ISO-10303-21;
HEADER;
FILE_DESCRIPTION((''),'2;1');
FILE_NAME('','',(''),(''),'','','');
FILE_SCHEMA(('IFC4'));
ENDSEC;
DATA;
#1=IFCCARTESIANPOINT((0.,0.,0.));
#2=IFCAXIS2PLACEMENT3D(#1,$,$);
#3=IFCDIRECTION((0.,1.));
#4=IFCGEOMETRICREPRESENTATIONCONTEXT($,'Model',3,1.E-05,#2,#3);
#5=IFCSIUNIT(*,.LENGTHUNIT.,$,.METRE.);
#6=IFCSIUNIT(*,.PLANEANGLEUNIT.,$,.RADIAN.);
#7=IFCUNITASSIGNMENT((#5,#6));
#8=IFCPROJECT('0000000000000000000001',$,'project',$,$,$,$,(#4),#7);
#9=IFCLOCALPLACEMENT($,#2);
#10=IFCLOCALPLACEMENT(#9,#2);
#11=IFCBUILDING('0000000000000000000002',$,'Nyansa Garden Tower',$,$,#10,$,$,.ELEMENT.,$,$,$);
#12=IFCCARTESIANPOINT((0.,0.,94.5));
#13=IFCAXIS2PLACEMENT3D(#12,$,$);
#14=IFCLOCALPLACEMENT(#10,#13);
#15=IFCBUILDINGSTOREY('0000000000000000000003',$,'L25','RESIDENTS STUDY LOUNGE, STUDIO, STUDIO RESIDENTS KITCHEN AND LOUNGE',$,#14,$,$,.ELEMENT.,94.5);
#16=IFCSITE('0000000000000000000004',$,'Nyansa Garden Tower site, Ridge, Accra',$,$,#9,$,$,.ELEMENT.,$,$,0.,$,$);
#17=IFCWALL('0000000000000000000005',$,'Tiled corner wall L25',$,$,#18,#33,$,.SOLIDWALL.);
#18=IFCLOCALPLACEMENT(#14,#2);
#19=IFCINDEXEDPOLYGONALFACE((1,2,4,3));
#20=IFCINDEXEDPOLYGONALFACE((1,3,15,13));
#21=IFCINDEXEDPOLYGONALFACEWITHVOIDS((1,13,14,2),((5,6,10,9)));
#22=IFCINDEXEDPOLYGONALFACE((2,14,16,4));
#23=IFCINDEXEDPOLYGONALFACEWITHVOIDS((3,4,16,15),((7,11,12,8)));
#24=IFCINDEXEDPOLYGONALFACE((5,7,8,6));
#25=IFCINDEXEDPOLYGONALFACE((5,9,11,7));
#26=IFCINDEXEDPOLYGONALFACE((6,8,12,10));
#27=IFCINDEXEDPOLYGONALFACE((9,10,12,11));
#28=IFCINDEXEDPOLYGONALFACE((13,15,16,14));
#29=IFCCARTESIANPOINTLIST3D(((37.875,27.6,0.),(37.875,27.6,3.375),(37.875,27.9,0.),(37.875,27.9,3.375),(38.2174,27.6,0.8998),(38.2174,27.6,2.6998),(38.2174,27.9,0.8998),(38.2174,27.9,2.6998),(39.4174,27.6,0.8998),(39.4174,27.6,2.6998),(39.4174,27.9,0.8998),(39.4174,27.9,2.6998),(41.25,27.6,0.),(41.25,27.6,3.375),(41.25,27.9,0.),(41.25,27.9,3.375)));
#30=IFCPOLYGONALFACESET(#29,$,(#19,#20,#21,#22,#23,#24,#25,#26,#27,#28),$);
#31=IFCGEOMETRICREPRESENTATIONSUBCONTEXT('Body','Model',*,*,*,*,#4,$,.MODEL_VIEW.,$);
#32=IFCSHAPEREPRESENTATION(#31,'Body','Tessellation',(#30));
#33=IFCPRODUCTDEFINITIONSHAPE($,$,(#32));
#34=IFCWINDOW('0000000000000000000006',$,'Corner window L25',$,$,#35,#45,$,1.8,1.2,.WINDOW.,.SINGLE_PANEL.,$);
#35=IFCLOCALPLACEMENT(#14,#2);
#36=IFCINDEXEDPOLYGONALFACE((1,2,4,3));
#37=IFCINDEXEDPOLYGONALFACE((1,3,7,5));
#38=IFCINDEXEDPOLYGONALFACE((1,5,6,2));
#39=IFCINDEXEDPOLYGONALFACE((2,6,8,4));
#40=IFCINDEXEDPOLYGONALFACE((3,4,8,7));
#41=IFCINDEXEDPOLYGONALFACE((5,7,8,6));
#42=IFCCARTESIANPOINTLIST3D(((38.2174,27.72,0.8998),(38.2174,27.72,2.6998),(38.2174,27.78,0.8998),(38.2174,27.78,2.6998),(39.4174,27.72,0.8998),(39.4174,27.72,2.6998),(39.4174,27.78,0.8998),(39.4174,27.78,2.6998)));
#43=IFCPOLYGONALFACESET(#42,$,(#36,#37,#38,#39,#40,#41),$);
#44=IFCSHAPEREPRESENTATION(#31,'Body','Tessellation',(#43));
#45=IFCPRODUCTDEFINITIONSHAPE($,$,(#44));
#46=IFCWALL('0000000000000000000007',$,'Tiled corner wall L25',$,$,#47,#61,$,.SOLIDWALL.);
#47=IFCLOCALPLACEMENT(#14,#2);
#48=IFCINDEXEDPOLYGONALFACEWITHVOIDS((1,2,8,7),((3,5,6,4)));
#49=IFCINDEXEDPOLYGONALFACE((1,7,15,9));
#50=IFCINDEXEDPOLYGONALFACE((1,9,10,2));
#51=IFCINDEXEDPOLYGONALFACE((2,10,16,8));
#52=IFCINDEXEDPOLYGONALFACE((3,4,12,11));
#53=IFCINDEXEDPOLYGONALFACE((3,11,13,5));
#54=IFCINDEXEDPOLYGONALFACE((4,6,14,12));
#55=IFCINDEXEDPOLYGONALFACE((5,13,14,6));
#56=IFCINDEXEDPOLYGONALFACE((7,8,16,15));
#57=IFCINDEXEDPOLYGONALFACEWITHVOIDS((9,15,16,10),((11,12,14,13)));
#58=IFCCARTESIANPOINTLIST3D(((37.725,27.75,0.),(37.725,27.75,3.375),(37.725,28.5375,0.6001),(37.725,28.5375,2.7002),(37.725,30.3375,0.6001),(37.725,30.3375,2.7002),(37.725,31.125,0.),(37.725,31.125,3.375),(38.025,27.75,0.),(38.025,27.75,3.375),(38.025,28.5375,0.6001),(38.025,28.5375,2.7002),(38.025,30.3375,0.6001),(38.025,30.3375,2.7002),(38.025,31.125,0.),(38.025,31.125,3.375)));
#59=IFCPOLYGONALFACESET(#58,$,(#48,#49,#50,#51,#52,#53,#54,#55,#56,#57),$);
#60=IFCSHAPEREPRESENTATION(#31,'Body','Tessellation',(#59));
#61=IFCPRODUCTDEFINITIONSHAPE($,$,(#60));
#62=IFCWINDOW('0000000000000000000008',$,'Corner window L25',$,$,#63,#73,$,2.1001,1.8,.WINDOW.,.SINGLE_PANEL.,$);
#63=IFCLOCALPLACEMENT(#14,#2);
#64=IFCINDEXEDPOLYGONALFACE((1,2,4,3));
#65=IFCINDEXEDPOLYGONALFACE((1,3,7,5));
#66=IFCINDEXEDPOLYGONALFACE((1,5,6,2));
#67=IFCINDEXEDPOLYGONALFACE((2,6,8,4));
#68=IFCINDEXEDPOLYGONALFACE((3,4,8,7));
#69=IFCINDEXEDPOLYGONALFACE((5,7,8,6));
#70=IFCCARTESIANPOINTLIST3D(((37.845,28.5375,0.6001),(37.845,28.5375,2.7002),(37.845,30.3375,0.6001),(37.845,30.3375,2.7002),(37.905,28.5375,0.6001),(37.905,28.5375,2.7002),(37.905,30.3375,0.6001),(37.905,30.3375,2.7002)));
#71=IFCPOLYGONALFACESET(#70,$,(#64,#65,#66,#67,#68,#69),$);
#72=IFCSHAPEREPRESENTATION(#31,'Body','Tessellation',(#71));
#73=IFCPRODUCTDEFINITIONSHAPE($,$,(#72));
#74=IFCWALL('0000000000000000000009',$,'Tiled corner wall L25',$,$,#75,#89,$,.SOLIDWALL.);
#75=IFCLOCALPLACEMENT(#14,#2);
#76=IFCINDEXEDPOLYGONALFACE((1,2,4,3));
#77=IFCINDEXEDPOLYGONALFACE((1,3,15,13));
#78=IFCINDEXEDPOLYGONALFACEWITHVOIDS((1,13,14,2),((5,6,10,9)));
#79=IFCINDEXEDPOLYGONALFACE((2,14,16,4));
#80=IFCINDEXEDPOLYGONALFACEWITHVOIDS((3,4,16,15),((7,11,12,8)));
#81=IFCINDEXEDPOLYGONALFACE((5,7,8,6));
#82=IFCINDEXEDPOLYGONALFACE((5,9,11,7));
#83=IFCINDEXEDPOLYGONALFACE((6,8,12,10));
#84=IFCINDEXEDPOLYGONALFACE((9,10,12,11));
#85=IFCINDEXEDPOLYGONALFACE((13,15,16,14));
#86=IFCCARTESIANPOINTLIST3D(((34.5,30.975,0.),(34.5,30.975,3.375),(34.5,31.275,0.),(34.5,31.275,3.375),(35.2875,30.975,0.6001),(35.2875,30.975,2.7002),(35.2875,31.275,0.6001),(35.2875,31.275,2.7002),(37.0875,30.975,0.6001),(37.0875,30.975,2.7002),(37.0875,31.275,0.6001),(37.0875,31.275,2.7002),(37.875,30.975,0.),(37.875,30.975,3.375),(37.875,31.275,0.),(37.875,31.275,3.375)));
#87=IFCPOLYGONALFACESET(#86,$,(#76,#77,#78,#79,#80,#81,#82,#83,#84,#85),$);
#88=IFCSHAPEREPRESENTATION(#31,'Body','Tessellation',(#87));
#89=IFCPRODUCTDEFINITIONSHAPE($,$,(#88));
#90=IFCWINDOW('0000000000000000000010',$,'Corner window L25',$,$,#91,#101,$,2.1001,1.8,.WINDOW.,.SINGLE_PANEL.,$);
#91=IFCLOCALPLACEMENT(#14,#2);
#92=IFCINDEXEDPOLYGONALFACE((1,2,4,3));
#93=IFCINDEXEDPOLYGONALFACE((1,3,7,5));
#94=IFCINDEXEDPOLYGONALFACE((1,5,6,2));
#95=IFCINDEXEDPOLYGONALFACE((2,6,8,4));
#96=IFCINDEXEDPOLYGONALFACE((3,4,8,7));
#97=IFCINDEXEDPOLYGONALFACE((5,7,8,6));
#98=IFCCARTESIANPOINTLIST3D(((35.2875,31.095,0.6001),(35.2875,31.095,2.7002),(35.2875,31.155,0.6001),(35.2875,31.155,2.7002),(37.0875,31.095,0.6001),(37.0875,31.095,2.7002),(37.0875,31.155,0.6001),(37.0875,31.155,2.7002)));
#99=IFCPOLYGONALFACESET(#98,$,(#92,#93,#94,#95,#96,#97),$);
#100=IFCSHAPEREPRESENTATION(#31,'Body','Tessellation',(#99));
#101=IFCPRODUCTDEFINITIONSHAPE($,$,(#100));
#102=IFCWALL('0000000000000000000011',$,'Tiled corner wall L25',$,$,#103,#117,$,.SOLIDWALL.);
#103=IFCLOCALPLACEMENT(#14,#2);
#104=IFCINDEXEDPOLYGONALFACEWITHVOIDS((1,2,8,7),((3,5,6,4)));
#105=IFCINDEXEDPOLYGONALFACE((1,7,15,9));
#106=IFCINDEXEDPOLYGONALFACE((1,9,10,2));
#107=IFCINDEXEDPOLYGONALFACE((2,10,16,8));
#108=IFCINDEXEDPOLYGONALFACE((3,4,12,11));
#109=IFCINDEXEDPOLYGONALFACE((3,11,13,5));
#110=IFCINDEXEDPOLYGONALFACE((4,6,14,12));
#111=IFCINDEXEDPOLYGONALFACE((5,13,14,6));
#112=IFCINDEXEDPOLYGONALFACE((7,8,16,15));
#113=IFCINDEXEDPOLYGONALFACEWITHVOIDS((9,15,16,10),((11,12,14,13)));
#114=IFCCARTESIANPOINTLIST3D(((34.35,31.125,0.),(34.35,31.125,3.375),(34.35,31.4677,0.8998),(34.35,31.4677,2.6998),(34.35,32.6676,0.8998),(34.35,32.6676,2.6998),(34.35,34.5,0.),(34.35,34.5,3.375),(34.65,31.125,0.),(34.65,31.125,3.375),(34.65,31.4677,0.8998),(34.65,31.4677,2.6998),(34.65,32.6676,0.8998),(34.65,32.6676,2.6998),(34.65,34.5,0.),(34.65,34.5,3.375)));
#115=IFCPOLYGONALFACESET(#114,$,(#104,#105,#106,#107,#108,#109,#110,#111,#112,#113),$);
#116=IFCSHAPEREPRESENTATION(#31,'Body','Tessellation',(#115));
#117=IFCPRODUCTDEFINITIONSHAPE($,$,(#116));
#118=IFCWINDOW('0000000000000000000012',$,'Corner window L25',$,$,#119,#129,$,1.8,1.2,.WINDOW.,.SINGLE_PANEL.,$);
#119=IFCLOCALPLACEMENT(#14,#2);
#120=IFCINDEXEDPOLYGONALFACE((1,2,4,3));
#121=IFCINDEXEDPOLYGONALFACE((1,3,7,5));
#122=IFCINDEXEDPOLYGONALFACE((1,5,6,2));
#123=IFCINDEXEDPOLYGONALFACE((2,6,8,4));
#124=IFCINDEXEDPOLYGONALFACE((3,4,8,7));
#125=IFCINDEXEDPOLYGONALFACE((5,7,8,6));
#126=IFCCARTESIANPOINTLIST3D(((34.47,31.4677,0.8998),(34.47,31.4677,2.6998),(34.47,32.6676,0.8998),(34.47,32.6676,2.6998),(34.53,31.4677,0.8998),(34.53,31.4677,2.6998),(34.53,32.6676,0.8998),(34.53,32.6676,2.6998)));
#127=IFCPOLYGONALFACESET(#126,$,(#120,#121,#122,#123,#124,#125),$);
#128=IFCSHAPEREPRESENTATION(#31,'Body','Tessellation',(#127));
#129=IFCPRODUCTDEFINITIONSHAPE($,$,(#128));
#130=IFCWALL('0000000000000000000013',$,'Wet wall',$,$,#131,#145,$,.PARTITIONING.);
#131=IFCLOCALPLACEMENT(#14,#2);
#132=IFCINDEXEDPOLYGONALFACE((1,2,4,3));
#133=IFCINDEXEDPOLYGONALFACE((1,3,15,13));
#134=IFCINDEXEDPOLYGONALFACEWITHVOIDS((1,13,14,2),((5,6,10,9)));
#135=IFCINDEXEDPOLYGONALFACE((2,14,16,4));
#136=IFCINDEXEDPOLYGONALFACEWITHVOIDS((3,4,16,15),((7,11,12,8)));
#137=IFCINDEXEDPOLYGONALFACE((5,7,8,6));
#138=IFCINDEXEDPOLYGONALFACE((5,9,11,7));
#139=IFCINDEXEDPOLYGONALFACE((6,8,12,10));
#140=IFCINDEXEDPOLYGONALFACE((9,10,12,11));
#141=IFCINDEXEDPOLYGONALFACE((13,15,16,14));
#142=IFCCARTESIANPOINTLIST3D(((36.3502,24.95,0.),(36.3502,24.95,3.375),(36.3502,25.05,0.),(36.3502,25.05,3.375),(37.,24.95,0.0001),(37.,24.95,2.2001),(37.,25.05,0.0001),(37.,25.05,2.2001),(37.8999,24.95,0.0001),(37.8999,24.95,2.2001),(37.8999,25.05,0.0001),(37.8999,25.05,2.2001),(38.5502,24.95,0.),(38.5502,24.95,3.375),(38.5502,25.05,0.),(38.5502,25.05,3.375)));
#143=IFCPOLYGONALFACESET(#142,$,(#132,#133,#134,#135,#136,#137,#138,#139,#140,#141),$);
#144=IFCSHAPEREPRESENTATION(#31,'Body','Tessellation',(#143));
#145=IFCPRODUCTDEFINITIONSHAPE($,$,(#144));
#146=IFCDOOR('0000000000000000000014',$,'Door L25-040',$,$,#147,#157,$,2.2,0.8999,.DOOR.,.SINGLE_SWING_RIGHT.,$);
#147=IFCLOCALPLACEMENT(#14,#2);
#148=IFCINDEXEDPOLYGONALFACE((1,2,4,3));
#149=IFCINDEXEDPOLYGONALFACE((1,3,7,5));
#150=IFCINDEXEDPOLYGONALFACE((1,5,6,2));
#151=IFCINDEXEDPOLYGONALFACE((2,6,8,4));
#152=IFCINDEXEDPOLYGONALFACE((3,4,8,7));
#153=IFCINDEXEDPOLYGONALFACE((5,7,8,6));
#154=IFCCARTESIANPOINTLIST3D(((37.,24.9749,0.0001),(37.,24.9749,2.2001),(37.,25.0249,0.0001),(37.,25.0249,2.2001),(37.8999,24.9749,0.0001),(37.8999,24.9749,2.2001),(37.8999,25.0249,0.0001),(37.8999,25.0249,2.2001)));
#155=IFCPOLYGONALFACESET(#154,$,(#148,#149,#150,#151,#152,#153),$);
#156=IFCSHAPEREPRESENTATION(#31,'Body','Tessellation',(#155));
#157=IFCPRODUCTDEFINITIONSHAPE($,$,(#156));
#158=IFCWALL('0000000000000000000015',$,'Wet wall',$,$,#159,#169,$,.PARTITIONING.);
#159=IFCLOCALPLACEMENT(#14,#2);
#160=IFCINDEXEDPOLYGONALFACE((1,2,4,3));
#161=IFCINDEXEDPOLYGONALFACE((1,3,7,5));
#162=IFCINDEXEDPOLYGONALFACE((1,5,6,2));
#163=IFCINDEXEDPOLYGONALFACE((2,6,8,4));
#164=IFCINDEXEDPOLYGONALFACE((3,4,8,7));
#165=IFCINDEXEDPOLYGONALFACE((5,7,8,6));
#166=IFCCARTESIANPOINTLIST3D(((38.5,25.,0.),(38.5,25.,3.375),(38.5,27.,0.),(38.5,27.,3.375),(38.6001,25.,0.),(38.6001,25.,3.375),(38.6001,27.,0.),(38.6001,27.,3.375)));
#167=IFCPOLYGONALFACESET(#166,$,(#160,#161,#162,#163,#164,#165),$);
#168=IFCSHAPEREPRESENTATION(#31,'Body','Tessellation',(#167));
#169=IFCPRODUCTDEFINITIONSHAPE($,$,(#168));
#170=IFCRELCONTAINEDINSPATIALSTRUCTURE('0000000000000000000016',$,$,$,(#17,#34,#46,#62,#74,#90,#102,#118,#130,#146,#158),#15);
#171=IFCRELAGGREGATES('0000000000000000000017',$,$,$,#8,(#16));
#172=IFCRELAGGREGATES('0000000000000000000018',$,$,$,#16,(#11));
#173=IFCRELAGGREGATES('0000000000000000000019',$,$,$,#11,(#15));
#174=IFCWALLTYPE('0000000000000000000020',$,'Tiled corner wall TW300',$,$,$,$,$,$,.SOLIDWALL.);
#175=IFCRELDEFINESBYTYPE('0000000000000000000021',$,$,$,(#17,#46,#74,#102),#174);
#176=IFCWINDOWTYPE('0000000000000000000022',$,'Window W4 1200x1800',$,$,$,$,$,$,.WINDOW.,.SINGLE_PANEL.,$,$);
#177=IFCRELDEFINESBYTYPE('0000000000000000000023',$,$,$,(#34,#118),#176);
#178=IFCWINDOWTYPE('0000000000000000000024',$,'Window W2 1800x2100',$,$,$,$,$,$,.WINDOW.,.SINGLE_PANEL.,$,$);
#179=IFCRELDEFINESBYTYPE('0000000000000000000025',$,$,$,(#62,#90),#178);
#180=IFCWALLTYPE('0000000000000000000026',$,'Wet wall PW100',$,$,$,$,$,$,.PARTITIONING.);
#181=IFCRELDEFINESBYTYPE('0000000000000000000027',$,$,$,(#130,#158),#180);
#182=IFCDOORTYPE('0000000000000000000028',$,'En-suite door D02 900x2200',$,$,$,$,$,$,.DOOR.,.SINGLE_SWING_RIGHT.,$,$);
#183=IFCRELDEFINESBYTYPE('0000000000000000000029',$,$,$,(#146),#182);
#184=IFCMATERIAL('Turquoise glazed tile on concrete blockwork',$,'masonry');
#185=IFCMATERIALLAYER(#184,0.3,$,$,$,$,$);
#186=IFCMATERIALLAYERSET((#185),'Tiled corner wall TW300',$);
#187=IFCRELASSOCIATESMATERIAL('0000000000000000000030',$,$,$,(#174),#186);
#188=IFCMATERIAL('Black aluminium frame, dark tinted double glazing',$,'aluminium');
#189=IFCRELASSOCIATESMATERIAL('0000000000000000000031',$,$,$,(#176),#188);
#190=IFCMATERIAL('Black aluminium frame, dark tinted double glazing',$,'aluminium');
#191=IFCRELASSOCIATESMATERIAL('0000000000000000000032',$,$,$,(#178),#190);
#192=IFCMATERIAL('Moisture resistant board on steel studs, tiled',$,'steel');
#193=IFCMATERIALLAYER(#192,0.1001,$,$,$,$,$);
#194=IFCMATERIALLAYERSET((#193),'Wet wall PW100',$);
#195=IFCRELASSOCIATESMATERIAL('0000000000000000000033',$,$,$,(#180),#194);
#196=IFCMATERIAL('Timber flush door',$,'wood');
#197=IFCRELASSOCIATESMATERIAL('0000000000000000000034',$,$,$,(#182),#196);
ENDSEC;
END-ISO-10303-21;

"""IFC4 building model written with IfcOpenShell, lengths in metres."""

from ifc_helpers import new_model, si_unit, direction, frame, frame_2d, origin, place, context, subcontext, project, spatial, rectangle, extrude, material, layer, layer_set, type_object, element, fill, save


model = new_model("IFC4")

# Units and contexts
model_context = context("Model", 3, precision=1e-05, world=origin(), true_north=direction((0.0, 1.0)))
body_context = subcontext(model_context, "Body", "Model", "MODEL_VIEW")
ifc_project = project(units=[si_unit("LENGTHUNIT", "METRE"), si_unit("PLANEANGLEUNIT", "RADIAN")], contexts=[model_context])

# Site, building, storey
site_placement = place(None, origin())
site = spatial("IfcSite", under=ifc_project, at=site_placement, Name="Nyansa Garden Tower site, Ridge, Accra", CompositionType="ELEMENT", RefElevation=0.0)
building_placement = place(site_placement, origin())
building = spatial("IfcBuilding", under=site, at=building_placement, Name="Nyansa Garden Tower", CompositionType="ELEMENT")
storey_placement = place(building_placement, frame((0.0, 0.0, 94.5)))
storey = spatial("IfcBuildingStorey", under=building, at=storey_placement, Name="L25", Description="RESIDENTS STUDY LOUNGE, STUDIO, STUDIO RESIDENTS KITCHEN AND LOUNGE", CompositionType="ELEMENT", Elevation=94.5)

# Walls, openings, windows
ifc_material_1 = material(Name="Turquoise glazed tile on concrete blockwork", Category="masonry")
ifc_layer_1 = layer(ifc_material_1, 0.3)
ifc_layer_set_1 = layer_set([ifc_layer_1], Name="Tiled corner wall TW300")
wall_type_1 = type_object("IfcWallType", Name="Tiled corner wall TW300", PredefinedType="SOLIDWALL", material=ifc_layer_set_1)
wall_1_placement = place(storey_placement, frame((41.25, 27.75, 0.0), z_axis=(0.0, 0.0, 1.0), x_axis=(-1.0, 0.0, 0.0)))
wall_1 = element("IfcWall", 1, at=wall_1_placement, inside=storey, type_object=wall_type_1, Name="Tiled corner wall L25", PredefinedType="SOLIDWALL", context=body_context, shape_type="SweptSolid", body=[
    extrude(rectangle(XDim=3.375, YDim=0.3, at=frame_2d((1.6875, 0.0))), origin(), (0.0, 0.0, 1.0), 3.375),
])
opening_1_placement = place(wall_1_placement, frame((1.8325, 0.0, 0.8999)))
opening_1 = element("IfcOpeningElement", 2, at=opening_1_placement, cuts=wall_1, PredefinedType="OPENING", context=body_context, shape_type="SweptSolid", body=[
    extrude(rectangle(XDim=1.2, YDim=1.8, at=frame_2d((0.6001, 0.8999))), frame((0.0, 0.1599, 0.0), z_axis=(0.0, -1.0, 0.0), x_axis=(1.0, 0.0, 0.0)), (0.0, 0.0, 1.0), 0.3201),
])
ifc_material_2 = material(Name="Black aluminium frame, dark tinted double glazing", Category="aluminium")
window_type_1 = type_object("IfcWindowType", Name="Window W4 1200x1800", PartitioningType="SINGLE_PANEL", PredefinedType="WINDOW", material=ifc_material_2)
window_1_placement = place(opening_1_placement, origin())
window_1 = element("IfcWindow", 3, at=window_1_placement, inside=storey, type_object=window_type_1, Name="Corner window L25", OverallHeight=1.8, OverallWidth=1.2, PartitioningType="SINGLE_PANEL", PredefinedType="WINDOW", context=body_context, shape_type="SweptSolid", body=[
    extrude(rectangle(XDim=1.2, YDim=1.8, at=frame_2d((0.6001, 0.8999))), frame((0.0, 0.03, 0.0), z_axis=(0.0, -1.0, 0.0), x_axis=(1.0, 0.0, 0.0)), (0.0, 0.0, 1.0), 0.0601),
])
fill(opening_1, window_1)
wall_2_placement = place(storey_placement, frame((37.875, 27.75, 0.0), z_axis=(0.0, 0.0, 1.0), x_axis=(0.0, 1.0, 0.0)))
wall_2 = element("IfcWall", 4, at=wall_2_placement, inside=storey, type_object=wall_type_1, Name="Tiled corner wall L25", PredefinedType="SOLIDWALL", context=body_context, shape_type="SweptSolid", body=[
    extrude(rectangle(XDim=3.375, YDim=0.3, at=frame_2d((1.6875, 0.0))), origin(), (0.0, 0.0, 1.0), 3.375),
])
opening_2_placement = place(wall_2_placement, frame((0.7876, 0.0, 0.6001)))
opening_2 = element("IfcOpeningElement", 5, at=opening_2_placement, cuts=wall_2, PredefinedType="OPENING", context=body_context, shape_type="SweptSolid", body=[
    extrude(rectangle(XDim=1.8, YDim=2.1001, at=frame_2d((0.8999, 1.05))), frame((0.0, 0.1599, 0.0), z_axis=(0.0, -1.0, 0.0), x_axis=(1.0, 0.0, 0.0)), (0.0, 0.0, 1.0), 0.3201),
])
ifc_material_3 = material(Name="Black aluminium frame, dark tinted double glazing", Category="aluminium")
window_type_2 = type_object("IfcWindowType", Name="Window W2 1800x2100", PartitioningType="SINGLE_PANEL", PredefinedType="WINDOW", material=ifc_material_3)
window_2_placement = place(opening_2_placement, origin())
window_2 = element("IfcWindow", 6, at=window_2_placement, inside=storey, type_object=window_type_2, Name="Corner window L25", OverallHeight=2.1001, OverallWidth=1.8, PartitioningType="SINGLE_PANEL", PredefinedType="WINDOW", context=body_context, shape_type="SweptSolid", body=[
    extrude(rectangle(XDim=1.8, YDim=2.1001, at=frame_2d((0.8999, 1.05))), frame((0.0, 0.03, 0.0), z_axis=(0.0, -1.0, 0.0), x_axis=(1.0, 0.0, 0.0)), (0.0, 0.0, 1.0), 0.0601),
])
fill(opening_2, window_2)
wall_3_placement = place(storey_placement, frame((37.875, 31.125, 0.0), z_axis=(0.0, 0.0, 1.0), x_axis=(-1.0, 0.0, 0.0)))
wall_3 = element("IfcWall", 7, at=wall_3_placement, inside=storey, type_object=wall_type_1, Name="Tiled corner wall L25", PredefinedType="SOLIDWALL", context=body_context, shape_type="SweptSolid", body=[
    extrude(rectangle(XDim=3.375, YDim=0.3, at=frame_2d((1.6875, 0.0))), origin(), (0.0, 0.0, 1.0), 3.375),
])
opening_3_placement = place(wall_3_placement, frame((0.7876, 0.0, 0.6001)))
opening_3 = element("IfcOpeningElement", 8, at=opening_3_placement, cuts=wall_3, PredefinedType="OPENING", context=body_context, shape_type="SweptSolid", body=[
    extrude(rectangle(XDim=1.8, YDim=2.1001, at=frame_2d((0.8999, 1.05))), frame((0.0, 0.1599, 0.0), z_axis=(0.0, -1.0, 0.0), x_axis=(1.0, 0.0, 0.0)), (0.0, 0.0, 1.0), 0.3201),
])
window_3_placement = place(opening_3_placement, origin())
window_3 = element("IfcWindow", 9, at=window_3_placement, inside=storey, type_object=window_type_2, Name="Corner window L25", OverallHeight=2.1001, OverallWidth=1.8, PartitioningType="SINGLE_PANEL", PredefinedType="WINDOW", context=body_context, shape_type="SweptSolid", body=[
    extrude(rectangle(XDim=1.8, YDim=2.1001, at=frame_2d((0.8999, 1.05))), frame((0.0, 0.03, 0.0), z_axis=(0.0, -1.0, 0.0), x_axis=(1.0, 0.0, 0.0)), (0.0, 0.0, 1.0), 0.0601),
])
fill(opening_3, window_3)
wall_4_placement = place(storey_placement, frame((34.5, 31.125, 0.0), z_axis=(0.0, 0.0, 1.0), x_axis=(0.0, 1.0, 0.0)))
wall_4 = element("IfcWall", 10, at=wall_4_placement, inside=storey, type_object=wall_type_1, Name="Tiled corner wall L25", PredefinedType="SOLIDWALL", context=body_context, shape_type="SweptSolid", body=[
    extrude(rectangle(XDim=3.375, YDim=0.3, at=frame_2d((1.6875, 0.0))), origin(), (0.0, 0.0, 1.0), 3.375),
])
opening_4_placement = place(wall_4_placement, frame((0.3425, 0.0, 0.8999)))
opening_4 = element("IfcOpeningElement", 11, at=opening_4_placement, cuts=wall_4, PredefinedType="OPENING", context=body_context, shape_type="SweptSolid", body=[
    extrude(rectangle(XDim=1.2, YDim=1.8, at=frame_2d((0.6001, 0.8999))), frame((0.0, 0.1599, 0.0), z_axis=(0.0, -1.0, 0.0), x_axis=(1.0, 0.0, 0.0)), (0.0, 0.0, 1.0), 0.3201),
])
window_4_placement = place(opening_4_placement, origin())
window_4 = element("IfcWindow", 12, at=window_4_placement, inside=storey, type_object=window_type_1, Name="Corner window L25", OverallHeight=1.8, OverallWidth=1.2, PartitioningType="SINGLE_PANEL", PredefinedType="WINDOW", context=body_context, shape_type="SweptSolid", body=[
    extrude(rectangle(XDim=1.2, YDim=1.8, at=frame_2d((0.6001, 0.8999))), frame((0.0, 0.03, 0.0), z_axis=(0.0, -1.0, 0.0), x_axis=(1.0, 0.0, 0.0)), (0.0, 0.0, 1.0), 0.0601),
])
fill(opening_4, window_4)

# Wall, opening, door
ifc_material_4 = material(Name="Moisture resistant board on steel studs, tiled", Category="steel")
ifc_layer_2 = layer(ifc_material_4, 0.1001)
ifc_layer_set_2 = layer_set([ifc_layer_2], Name="Wet wall PW100")
wall_type_2 = type_object("IfcWallType", Name="Wet wall PW100", PredefinedType="PARTITIONING", material=ifc_layer_set_2)
wall_5_placement = place(storey_placement, frame((36.3501, 25.0, 0.0), z_axis=(0.0, 0.0, 1.0), x_axis=(1.0, 0.0, 0.0)))
wall_5 = element("IfcWall", 13, at=wall_5_placement, inside=storey, type_object=wall_type_2, Name="Wet wall", PredefinedType="PARTITIONING", context=body_context, shape_type="SweptSolid", body=[
    extrude(rectangle(XDim=2.2, YDim=0.1001, at=frame_2d((1.1001, 0.0))), origin(), (0.0, 0.0, 1.0), 3.375),
])
opening_5_placement = place(wall_5_placement, frame((0.6499, 0.0, 0.0)))
opening_5 = element("IfcOpeningElement", 14, at=opening_5_placement, cuts=wall_5, PredefinedType="OPENING", context=body_context, shape_type="SweptSolid", body=[
    extrude(rectangle(XDim=0.8999, YDim=2.2, at=frame_2d((0.45, 1.1001))), frame((0.0, 0.0601, 0.0), z_axis=(0.0, -1.0, 0.0), x_axis=(1.0, 0.0, 0.0)), (0.0, 0.0, 1.0), 0.1201),
])
ifc_material_5 = material(Name="Timber flush door", Category="wood")
door_type = type_object("IfcDoorType", Name="En-suite door D02 900x2200", OperationType="SINGLE_SWING_RIGHT", PredefinedType="DOOR", material=ifc_material_5)
door_placement = place(opening_5_placement, origin())
door = element("IfcDoor", 15, at=door_placement, inside=storey, type_object=door_type, Name="Door L25-040", OperationType="SINGLE_SWING_RIGHT", OverallHeight=2.2, OverallWidth=0.8999, PredefinedType="DOOR", context=body_context, shape_type="SweptSolid", body=[
    extrude(rectangle(XDim=0.8999, YDim=2.2, at=frame_2d((0.45, 1.1001))), frame((0.0, 0.0249, 0.0), z_axis=(0.0, -1.0, 0.0), x_axis=(1.0, 0.0, 0.0)), (0.0, 0.0, 1.0), 0.05),
])
fill(opening_5, door)

# Wall
wall_6_placement = place(storey_placement, frame((38.55, 25.0, 0.0), z_axis=(0.0, 0.0, 1.0), x_axis=(0.0, 1.0, 0.0)))
element("IfcWall", 16, at=wall_6_placement, inside=storey, type_object=wall_type_2, Name="Wet wall", PredefinedType="PARTITIONING", context=body_context, shape_type="SweptSolid", body=[
    extrude(rectangle(XDim=2.0, YDim=0.1001, at=frame_2d((1.0, 0.0))), origin(), (0.0, 0.0, 1.0), 3.375),
])

save(model, "model.ifc")
